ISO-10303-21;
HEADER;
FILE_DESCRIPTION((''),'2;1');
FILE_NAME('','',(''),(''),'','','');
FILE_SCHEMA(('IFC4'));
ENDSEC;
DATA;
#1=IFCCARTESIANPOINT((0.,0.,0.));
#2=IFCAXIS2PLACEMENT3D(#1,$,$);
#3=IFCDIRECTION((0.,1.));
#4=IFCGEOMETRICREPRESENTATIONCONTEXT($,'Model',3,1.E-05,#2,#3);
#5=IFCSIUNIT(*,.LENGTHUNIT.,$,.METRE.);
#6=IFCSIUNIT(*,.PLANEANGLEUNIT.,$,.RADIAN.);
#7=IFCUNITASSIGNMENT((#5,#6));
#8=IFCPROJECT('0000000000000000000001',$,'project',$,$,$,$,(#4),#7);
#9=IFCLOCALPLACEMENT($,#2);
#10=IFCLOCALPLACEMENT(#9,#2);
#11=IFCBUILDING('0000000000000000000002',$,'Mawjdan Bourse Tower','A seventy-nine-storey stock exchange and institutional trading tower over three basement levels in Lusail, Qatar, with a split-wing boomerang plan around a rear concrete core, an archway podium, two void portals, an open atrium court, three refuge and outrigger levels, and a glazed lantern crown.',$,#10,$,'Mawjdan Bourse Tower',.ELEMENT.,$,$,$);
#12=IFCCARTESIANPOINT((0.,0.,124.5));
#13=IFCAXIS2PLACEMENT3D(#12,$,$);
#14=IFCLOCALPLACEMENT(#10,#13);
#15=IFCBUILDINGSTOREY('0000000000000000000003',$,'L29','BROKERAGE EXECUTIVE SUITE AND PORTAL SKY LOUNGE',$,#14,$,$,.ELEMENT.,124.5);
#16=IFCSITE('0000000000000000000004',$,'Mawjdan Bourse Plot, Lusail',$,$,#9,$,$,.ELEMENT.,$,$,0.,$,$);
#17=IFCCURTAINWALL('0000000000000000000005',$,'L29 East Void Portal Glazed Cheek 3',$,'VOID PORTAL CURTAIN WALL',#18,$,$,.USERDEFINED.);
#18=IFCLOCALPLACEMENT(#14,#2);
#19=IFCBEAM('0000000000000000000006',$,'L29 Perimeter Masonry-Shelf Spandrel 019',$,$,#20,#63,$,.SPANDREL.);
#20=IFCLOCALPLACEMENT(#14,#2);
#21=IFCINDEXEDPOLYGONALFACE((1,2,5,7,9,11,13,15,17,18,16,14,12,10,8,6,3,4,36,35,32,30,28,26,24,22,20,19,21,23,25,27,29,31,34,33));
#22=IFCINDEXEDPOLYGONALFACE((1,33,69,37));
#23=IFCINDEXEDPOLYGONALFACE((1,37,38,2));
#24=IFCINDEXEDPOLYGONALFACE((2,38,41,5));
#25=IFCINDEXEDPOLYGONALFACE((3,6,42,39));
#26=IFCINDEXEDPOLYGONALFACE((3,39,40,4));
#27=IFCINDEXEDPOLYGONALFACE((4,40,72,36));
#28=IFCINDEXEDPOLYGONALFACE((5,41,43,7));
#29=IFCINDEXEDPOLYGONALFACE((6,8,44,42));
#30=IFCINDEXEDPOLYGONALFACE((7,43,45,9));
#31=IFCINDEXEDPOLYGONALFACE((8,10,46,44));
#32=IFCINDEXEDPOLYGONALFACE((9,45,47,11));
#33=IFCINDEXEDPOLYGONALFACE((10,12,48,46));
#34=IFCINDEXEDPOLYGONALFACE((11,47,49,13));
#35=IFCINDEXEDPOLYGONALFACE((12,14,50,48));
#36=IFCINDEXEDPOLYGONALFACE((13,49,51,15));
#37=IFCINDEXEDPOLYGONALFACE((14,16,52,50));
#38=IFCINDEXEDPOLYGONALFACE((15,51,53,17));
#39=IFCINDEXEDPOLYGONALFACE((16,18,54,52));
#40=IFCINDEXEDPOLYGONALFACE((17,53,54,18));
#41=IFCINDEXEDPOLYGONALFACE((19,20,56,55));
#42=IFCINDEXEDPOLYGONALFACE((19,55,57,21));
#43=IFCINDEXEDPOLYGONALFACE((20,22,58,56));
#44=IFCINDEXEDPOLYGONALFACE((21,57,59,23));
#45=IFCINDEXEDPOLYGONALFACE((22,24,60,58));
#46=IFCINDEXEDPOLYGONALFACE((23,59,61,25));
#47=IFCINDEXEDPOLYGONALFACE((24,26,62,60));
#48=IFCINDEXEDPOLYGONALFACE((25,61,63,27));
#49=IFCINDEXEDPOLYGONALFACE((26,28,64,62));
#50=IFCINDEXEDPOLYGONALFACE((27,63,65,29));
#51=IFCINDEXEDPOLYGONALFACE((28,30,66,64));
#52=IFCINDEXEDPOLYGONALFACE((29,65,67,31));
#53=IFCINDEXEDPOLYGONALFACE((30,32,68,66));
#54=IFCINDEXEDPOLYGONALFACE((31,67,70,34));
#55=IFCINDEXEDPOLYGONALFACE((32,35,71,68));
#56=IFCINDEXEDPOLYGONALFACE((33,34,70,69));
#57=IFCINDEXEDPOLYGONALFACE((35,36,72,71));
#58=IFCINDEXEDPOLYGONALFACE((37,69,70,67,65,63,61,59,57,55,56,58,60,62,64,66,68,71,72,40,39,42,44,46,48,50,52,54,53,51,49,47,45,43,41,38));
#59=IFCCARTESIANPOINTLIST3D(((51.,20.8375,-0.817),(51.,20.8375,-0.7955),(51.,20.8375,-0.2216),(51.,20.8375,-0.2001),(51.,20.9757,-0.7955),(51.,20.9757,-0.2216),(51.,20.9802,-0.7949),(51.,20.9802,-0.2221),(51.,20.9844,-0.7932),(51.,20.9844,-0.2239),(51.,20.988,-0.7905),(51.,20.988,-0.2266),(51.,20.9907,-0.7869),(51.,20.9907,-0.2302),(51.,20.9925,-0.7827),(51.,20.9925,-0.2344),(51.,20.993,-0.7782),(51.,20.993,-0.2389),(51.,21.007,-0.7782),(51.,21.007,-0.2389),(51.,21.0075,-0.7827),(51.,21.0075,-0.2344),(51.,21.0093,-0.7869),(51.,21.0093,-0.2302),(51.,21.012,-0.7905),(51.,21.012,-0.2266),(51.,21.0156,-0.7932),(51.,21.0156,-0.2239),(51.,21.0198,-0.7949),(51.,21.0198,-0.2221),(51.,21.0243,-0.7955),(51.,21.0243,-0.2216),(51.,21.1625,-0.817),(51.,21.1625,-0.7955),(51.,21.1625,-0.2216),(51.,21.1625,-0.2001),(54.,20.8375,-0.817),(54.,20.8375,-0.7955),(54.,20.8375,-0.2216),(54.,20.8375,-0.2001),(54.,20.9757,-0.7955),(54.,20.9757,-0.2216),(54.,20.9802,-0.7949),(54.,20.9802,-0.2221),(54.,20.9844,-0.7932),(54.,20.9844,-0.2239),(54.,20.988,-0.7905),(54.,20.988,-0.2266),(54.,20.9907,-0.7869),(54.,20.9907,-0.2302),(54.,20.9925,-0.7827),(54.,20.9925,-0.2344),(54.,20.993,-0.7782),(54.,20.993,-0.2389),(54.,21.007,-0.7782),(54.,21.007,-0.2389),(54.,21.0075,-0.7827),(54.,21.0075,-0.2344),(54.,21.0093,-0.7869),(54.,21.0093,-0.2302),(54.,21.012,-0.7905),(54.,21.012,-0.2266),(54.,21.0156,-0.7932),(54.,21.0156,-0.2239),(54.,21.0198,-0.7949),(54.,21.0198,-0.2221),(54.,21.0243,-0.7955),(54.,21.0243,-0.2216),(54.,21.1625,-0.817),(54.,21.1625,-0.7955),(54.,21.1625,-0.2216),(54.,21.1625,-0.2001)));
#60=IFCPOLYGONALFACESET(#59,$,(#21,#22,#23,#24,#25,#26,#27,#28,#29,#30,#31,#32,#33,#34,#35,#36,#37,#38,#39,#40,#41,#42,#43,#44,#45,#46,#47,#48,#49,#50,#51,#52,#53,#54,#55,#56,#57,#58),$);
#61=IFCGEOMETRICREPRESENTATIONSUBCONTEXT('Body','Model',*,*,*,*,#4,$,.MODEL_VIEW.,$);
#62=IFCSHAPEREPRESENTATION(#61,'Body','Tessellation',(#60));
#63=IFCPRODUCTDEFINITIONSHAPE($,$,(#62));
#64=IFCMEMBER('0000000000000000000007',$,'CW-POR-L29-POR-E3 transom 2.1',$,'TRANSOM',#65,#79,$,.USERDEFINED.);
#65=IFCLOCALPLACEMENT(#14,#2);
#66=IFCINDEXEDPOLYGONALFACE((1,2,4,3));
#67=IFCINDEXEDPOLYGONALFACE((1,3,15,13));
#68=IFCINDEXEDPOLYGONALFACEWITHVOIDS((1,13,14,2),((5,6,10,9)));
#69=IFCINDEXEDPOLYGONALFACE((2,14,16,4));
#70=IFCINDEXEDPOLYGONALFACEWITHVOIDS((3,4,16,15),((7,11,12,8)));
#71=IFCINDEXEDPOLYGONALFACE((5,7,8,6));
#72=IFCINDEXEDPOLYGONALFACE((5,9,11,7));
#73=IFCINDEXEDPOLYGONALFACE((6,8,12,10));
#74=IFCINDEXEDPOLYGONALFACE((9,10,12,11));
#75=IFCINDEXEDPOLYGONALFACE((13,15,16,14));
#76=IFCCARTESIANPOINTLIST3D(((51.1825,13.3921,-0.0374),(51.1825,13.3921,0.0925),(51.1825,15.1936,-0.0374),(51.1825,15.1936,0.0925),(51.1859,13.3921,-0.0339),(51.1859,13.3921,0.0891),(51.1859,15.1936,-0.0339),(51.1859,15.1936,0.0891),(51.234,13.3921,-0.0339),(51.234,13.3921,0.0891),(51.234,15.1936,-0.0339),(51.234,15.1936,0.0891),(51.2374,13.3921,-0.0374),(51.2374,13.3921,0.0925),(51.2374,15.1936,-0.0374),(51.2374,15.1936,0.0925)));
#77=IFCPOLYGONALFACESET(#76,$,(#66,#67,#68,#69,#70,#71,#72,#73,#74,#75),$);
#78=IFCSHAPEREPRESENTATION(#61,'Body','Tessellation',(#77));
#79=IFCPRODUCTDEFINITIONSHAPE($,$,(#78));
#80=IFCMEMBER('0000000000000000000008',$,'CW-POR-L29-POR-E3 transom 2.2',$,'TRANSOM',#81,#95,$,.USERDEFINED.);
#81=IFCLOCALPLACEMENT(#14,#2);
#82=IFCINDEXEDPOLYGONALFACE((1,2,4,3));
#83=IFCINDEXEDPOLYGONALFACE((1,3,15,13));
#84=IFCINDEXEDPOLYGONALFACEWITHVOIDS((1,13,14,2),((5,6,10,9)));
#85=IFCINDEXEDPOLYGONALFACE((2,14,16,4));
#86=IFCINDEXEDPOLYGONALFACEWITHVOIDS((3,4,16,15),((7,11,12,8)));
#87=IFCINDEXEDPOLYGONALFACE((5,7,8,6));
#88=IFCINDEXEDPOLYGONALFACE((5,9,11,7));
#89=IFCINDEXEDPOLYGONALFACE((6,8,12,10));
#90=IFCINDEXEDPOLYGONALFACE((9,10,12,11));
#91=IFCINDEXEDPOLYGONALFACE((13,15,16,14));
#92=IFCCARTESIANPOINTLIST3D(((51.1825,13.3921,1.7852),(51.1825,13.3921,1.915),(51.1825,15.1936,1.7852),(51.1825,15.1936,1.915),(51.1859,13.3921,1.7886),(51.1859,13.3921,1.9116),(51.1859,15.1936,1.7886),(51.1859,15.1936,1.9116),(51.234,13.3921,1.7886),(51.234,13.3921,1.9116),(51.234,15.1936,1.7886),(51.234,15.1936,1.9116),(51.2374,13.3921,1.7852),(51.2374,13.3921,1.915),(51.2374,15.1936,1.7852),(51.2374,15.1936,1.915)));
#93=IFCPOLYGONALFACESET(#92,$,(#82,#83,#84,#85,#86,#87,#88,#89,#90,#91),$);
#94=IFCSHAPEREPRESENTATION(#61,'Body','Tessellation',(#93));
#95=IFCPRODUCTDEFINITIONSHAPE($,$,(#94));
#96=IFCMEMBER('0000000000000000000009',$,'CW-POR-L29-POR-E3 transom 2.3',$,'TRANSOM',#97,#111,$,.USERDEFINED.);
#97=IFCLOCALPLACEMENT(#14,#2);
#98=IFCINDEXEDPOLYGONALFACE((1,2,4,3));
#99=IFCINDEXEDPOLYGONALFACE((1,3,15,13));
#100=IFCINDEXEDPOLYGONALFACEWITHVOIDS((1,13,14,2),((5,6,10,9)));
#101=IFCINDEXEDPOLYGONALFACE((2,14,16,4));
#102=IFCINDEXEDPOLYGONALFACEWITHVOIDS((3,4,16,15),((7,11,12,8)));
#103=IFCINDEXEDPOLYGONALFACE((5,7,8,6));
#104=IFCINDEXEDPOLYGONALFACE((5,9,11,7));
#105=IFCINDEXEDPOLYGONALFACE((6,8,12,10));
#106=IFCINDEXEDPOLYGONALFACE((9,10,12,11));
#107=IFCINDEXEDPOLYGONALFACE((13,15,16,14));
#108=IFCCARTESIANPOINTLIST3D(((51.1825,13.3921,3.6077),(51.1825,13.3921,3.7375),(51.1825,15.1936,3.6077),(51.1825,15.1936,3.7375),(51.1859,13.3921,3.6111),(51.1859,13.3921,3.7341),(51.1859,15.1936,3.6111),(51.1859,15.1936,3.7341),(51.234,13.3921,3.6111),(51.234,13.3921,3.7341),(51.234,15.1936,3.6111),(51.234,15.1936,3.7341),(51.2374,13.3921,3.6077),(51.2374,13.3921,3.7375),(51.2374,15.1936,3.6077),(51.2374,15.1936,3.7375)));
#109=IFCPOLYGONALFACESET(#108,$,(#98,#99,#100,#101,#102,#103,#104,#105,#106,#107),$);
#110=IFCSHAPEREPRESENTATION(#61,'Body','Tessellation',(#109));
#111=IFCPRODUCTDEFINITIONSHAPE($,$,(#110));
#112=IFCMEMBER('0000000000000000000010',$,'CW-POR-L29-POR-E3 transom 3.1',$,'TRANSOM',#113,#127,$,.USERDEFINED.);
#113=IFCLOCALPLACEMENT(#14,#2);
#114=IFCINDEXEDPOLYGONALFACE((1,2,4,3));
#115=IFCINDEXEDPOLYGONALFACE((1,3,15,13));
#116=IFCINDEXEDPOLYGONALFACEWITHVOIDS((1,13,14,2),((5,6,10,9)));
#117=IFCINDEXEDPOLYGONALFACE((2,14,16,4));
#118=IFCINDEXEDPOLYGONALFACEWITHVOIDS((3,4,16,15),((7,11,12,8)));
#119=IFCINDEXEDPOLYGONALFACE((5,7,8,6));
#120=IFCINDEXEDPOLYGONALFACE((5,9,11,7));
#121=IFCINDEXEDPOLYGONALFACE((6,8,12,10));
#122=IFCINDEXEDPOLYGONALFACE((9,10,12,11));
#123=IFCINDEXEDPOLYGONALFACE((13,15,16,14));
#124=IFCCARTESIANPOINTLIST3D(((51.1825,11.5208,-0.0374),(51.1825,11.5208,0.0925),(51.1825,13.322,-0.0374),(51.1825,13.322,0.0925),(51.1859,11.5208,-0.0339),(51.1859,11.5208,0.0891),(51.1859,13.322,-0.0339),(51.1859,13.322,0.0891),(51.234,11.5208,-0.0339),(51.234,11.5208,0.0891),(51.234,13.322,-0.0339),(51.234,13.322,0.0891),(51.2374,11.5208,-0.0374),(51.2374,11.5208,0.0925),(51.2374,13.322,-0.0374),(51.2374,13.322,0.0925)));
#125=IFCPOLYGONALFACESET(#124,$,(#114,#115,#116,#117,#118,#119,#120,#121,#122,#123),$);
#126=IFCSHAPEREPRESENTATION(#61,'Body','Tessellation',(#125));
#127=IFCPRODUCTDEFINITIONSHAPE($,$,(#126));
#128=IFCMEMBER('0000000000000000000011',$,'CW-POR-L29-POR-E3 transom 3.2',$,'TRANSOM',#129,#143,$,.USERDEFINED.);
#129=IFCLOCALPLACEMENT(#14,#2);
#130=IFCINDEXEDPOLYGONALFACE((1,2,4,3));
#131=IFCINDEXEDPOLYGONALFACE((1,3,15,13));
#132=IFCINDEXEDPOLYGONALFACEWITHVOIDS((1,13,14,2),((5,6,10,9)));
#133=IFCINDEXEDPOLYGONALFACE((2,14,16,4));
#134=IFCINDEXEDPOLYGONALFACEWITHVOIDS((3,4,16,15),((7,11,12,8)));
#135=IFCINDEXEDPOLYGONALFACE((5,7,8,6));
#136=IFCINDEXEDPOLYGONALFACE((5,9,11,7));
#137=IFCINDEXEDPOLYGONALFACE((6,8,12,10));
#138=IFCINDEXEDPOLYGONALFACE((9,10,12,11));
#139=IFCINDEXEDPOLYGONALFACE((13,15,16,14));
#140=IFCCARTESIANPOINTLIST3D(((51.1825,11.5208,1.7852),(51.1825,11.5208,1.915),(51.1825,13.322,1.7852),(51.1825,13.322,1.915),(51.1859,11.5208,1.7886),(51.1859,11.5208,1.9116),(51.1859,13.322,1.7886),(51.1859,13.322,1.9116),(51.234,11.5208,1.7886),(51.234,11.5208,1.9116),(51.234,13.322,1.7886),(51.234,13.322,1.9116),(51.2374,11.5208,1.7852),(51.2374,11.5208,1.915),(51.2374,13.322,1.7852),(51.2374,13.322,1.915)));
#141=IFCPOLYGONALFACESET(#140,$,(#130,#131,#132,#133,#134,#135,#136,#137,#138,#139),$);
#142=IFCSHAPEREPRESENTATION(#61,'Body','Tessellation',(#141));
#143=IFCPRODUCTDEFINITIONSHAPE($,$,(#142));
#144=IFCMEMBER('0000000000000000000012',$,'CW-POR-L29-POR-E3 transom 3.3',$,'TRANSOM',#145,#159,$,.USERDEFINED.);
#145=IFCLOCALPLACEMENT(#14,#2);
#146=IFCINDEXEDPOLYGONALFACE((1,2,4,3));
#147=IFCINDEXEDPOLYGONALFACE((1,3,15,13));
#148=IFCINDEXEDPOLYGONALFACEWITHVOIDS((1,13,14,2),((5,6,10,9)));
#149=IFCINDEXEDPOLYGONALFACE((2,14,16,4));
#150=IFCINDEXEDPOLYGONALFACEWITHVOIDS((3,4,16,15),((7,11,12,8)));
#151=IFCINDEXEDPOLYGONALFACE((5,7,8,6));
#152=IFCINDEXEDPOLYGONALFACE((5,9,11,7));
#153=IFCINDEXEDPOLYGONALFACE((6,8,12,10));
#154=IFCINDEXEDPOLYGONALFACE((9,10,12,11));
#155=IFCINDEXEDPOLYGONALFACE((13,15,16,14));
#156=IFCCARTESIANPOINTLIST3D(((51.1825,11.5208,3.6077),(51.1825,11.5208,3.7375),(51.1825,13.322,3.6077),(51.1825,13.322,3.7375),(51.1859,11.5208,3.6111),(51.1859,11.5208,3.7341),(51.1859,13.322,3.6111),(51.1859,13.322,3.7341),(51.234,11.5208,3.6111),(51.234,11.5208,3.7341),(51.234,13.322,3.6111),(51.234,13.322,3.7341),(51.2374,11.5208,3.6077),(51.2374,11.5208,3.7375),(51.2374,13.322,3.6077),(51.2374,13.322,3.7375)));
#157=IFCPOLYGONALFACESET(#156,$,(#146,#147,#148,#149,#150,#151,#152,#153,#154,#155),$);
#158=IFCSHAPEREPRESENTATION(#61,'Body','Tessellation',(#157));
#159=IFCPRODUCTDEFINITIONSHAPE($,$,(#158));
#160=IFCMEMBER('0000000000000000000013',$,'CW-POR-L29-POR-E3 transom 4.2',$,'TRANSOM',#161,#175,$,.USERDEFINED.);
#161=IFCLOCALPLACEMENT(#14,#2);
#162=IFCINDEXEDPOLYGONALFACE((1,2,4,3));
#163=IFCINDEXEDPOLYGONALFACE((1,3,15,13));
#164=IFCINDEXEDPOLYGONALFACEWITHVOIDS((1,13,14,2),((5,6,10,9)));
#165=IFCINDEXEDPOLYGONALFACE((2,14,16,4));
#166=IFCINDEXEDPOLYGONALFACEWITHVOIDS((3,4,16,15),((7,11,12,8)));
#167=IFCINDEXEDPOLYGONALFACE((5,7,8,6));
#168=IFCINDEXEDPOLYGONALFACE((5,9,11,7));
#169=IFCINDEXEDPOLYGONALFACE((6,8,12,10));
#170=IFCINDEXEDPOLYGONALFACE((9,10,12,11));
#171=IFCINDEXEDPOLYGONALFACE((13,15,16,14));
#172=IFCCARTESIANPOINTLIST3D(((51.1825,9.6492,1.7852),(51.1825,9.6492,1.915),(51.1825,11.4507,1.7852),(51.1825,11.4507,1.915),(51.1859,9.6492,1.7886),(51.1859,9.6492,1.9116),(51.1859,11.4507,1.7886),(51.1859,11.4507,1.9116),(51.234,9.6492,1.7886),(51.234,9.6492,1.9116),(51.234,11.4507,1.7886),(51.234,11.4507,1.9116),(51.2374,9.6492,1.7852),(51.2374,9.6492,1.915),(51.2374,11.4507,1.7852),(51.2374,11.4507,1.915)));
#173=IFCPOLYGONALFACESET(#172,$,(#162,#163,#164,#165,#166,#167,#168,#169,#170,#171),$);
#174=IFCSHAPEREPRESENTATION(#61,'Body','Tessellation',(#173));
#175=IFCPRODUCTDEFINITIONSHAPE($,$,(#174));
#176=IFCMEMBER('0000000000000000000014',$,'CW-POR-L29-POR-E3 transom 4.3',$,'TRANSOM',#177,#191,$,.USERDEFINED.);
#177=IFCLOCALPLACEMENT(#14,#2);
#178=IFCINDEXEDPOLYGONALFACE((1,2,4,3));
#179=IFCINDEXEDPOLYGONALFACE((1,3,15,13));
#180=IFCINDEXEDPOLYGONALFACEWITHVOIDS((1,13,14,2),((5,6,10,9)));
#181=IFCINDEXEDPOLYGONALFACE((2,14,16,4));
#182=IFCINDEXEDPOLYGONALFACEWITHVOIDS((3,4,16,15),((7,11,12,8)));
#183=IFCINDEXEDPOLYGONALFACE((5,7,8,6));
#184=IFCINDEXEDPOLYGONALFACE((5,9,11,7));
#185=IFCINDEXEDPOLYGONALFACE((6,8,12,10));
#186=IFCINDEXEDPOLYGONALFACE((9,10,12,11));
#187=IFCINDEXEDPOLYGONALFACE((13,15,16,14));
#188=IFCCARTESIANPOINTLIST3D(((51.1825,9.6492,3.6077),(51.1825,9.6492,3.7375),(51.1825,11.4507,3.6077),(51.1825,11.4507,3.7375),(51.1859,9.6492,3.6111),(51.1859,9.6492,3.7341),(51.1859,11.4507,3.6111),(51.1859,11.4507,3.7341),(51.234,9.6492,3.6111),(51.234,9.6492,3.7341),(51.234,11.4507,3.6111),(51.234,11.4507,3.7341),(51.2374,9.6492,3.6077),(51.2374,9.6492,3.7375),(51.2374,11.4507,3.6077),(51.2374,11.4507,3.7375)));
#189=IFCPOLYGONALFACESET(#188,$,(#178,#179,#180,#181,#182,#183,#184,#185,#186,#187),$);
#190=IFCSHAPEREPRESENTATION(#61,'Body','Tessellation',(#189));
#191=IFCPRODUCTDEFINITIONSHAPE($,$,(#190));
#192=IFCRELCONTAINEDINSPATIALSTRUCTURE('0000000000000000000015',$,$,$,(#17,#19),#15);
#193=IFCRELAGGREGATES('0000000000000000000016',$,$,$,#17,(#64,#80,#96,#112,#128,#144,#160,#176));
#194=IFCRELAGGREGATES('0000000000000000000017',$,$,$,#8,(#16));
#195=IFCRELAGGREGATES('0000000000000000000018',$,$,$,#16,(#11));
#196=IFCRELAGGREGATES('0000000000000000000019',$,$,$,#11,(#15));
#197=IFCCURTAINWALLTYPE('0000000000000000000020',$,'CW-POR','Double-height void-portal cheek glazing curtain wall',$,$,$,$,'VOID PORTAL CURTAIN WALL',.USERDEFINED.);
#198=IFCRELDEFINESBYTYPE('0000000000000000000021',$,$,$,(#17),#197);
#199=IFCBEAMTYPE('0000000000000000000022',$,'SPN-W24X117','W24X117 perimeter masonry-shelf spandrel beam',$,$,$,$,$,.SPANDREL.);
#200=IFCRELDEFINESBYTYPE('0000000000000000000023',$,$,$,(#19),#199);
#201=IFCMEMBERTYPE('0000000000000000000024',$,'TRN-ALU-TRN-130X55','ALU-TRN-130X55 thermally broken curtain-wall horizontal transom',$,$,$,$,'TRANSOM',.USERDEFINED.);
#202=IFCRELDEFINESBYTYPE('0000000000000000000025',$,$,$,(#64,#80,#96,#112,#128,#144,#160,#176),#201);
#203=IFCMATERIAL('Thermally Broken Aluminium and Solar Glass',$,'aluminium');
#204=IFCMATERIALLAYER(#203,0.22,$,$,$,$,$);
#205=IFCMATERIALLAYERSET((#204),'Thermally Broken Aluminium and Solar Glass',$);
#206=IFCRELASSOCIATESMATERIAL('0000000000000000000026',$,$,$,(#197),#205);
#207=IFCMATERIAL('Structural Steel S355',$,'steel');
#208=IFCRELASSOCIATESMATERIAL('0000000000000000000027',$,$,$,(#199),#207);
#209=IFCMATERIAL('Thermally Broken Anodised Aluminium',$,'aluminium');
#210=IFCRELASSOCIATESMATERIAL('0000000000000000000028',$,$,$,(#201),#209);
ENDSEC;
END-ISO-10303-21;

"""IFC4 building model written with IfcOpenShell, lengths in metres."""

from ifc_helpers import new_model, si_unit, direction, frame, origin, origin_2d, place, context, subcontext, project, spatial, hollow_rectangle, i_section, extrude, material, layer, layer_set, material_profile, profile_set, type_object, element, aggregate, save


model = new_model("IFC4")

# Units and contexts
model_context = context("Model", 3, precision=1e-05, world=origin(), true_north=direction((0.0, 1.0)))
body_context = subcontext(model_context, "Body", "Model", "MODEL_VIEW")
ifc_project = project(units=[si_unit("LENGTHUNIT", "METRE"), si_unit("PLANEANGLEUNIT", "RADIAN")], contexts=[model_context])

# Site, building, storey
site_placement = place(None, origin())
site = spatial("IfcSite", under=ifc_project, at=site_placement, Name="Mawjdan Bourse Plot, Lusail", CompositionType="ELEMENT", RefElevation=0.0)
building_placement = place(site_placement, origin())
building = spatial("IfcBuilding", under=site, at=building_placement, Name="Mawjdan Bourse Tower", Description="A seventy-nine-storey stock exchange and institutional trading tower over three basement levels in Lusail, Qatar, with a split-wing boomerang plan around a rear concrete core, an archway podium, two void portals, an open atrium court, three refuge and outrigger levels, and a glazed lantern crown.", LongName="Mawjdan Bourse Tower", CompositionType="ELEMENT")
storey_placement = place(building_placement, frame((0.0, 0.0, 124.5)))
storey = spatial("IfcBuildingStorey", under=building, at=storey_placement, Name="L29", Description="BROKERAGE EXECUTIVE SUITE AND PORTAL SKY LOUNGE", CompositionType="ELEMENT", Elevation=124.5)

# Shared definitions
ifc_material_1 = material(Name="Structural Steel S355", Category="steel")

# Curtain wall
ifc_material_2 = material(Name="Thermally Broken Aluminium and Solar Glass", Category="aluminium")
ifc_layer_1 = layer(ifc_material_2, 0.22)
ifc_layer_set_1 = layer_set([ifc_layer_1], Name="Thermally Broken Aluminium and Solar Glass")
curtain_wall_type = type_object("IfcCurtainWallType", Name="CW-POR", Description="Double-height void-portal cheek glazing curtain wall", ElementType="VOID PORTAL CURTAIN WALL", PredefinedType="USERDEFINED", material=ifc_layer_set_1)
curtain_wall_placement = place(storey_placement, origin())
curtain_wall = element("IfcCurtainWall", 1, at=curtain_wall_placement, inside=storey, type_object=curtain_wall_type, Name="L29 East Void Portal Glazed Cheek 3", ObjectType="VOID PORTAL CURTAIN WALL", PredefinedType="USERDEFINED")
ifc_material_3 = material(Name="Thermally Broken Anodised Aluminium", Category="aluminium")

# Beam
ifc_material_profile_1 = material_profile(ifc_material_1, i_section(OverallWidth=0.325, OverallDepth=0.6169, WebThickness=0.0139, FlangeThickness=0.0215, FilletRadius=0.0173, at=origin_2d()), Name="W24X117")
ifc_profile_set_1 = profile_set([ifc_material_profile_1], Name="Structural Steel S355")
beam_type_1 = type_object("IfcBeamType", Name="SPN-W24X117", Description="W24X117 perimeter masonry-shelf spandrel beam", PredefinedType="SPANDREL", material=ifc_profile_set_1)
beam_placement = place(storey_placement, frame((51.0, 21.0, -0.5085), z_axis=(1.0, 0.0, 0.0), x_axis=(0.0, 1.0, 0.0)))
element("IfcBeam", 2, at=beam_placement, inside=storey, type_object=beam_type_1, Name="L29 Perimeter Masonry-Shelf Spandrel 019", PredefinedType="SPANDREL", context=body_context, shape_type="SweptSolid", body=[
    extrude(i_section(OverallWidth=0.325, OverallDepth=0.6169, WebThickness=0.0139, FlangeThickness=0.0215, FilletRadius=0.0173, at=origin_2d()), origin(), (0.0, 0.0, 1.0), 3.0),
])

# Members
ifc_material_profile_2 = material_profile(ifc_material_3, hollow_rectangle(XDim=0.0549, YDim=0.1299, WallThickness=0.0034, at=origin_2d()), Name="ALU-TRN-130X55")
ifc_profile_set_2 = profile_set([ifc_material_profile_2], Name="Thermally Broken Anodised Aluminium")
member_type_1 = type_object("IfcMemberType", Name="TRN-ALU-TRN-130X55", Description="ALU-TRN-130X55 thermally broken curtain-wall horizontal transom", ElementType="TRANSOM", PredefinedType="USERDEFINED", material=ifc_profile_set_2)
member_1_placement = place(storey_placement, frame((51.21, 15.1936, 0.0276), z_axis=(0.0, -1.0, 0.0), x_axis=(1.0, 0.0, 0.0)))
member_1 = element("IfcMember", 3, at=member_1_placement, type_object=member_type_1, Name="CW-POR-L29-POR-E3 transom 2.1", ObjectType="TRANSOM", PredefinedType="USERDEFINED", context=body_context, shape_type="SweptSolid", body=[
    extrude(hollow_rectangle(XDim=0.0549, YDim=0.1299, WallThickness=0.0034, at=origin_2d()), origin(), (0.0, 0.0, 1.0), 1.8015),
])
member_2_placement = place(storey_placement, frame((51.21, 15.1936, 1.8501), z_axis=(0.0, -1.0, 0.0), x_axis=(1.0, 0.0, 0.0)))
member_2 = element("IfcMember", 4, at=member_2_placement, type_object=member_type_1, Name="CW-POR-L29-POR-E3 transom 2.2", ObjectType="TRANSOM", PredefinedType="USERDEFINED", context=body_context, shape_type="SweptSolid", body=[
    extrude(hollow_rectangle(XDim=0.0549, YDim=0.1299, WallThickness=0.0034, at=origin_2d()), origin(), (0.0, 0.0, 1.0), 1.8015),
])
member_3_placement = place(storey_placement, frame((51.21, 15.1936, 3.6726), z_axis=(0.0, -1.0, 0.0), x_axis=(1.0, 0.0, 0.0)))
member_3 = element("IfcMember", 5, at=member_3_placement, type_object=member_type_1, Name="CW-POR-L29-POR-E3 transom 2.3", ObjectType="TRANSOM", PredefinedType="USERDEFINED", context=body_context, shape_type="SweptSolid", body=[
    extrude(hollow_rectangle(XDim=0.0549, YDim=0.1299, WallThickness=0.0034, at=origin_2d()), origin(), (0.0, 0.0, 1.0), 1.8015),
])
member_4_placement = place(storey_placement, frame((51.21, 13.322, 0.0276), z_axis=(0.0, -1.0, 0.0), x_axis=(1.0, 0.0, 0.0)))
member_4 = element("IfcMember", 6, at=member_4_placement, type_object=member_type_1, Name="CW-POR-L29-POR-E3 transom 3.1", ObjectType="TRANSOM", PredefinedType="USERDEFINED", context=body_context, shape_type="SweptSolid", body=[
    extrude(hollow_rectangle(XDim=0.0549, YDim=0.1299, WallThickness=0.0034, at=origin_2d()), origin(), (0.0, 0.0, 1.0), 1.8013),
])
member_5_placement = place(storey_placement, frame((51.21, 13.322, 1.8501), z_axis=(0.0, -1.0, 0.0), x_axis=(1.0, 0.0, 0.0)))
member_5 = element("IfcMember", 7, at=member_5_placement, type_object=member_type_1, Name="CW-POR-L29-POR-E3 transom 3.2", ObjectType="TRANSOM", PredefinedType="USERDEFINED", context=body_context, shape_type="SweptSolid", body=[
    extrude(hollow_rectangle(XDim=0.0549, YDim=0.1299, WallThickness=0.0034, at=origin_2d()), origin(), (0.0, 0.0, 1.0), 1.8013),
])
member_6_placement = place(storey_placement, frame((51.21, 13.322, 3.6726), z_axis=(0.0, -1.0, 0.0), x_axis=(1.0, 0.0, 0.0)))
member_6 = element("IfcMember", 8, at=member_6_placement, type_object=member_type_1, Name="CW-POR-L29-POR-E3 transom 3.3", ObjectType="TRANSOM", PredefinedType="USERDEFINED", context=body_context, shape_type="SweptSolid", body=[
    extrude(hollow_rectangle(XDim=0.0549, YDim=0.1299, WallThickness=0.0034, at=origin_2d()), origin(), (0.0, 0.0, 1.0), 1.8013),
])
member_7_placement = place(storey_placement, frame((51.21, 11.4507, 1.8501), z_axis=(0.0, -1.0, 0.0), x_axis=(1.0, 0.0, 0.0)))
member_7 = element("IfcMember", 9, at=member_7_placement, type_object=member_type_1, Name="CW-POR-L29-POR-E3 transom 4.2", ObjectType="TRANSOM", PredefinedType="USERDEFINED", context=body_context, shape_type="SweptSolid", body=[
    extrude(hollow_rectangle(XDim=0.0549, YDim=0.1299, WallThickness=0.0034, at=origin_2d()), origin(), (0.0, 0.0, 1.0), 1.8015),
])
member_8_placement = place(storey_placement, frame((51.21, 11.4507, 3.6726), z_axis=(0.0, -1.0, 0.0), x_axis=(1.0, 0.0, 0.0)))
member_8 = element("IfcMember", 10, at=member_8_placement, type_object=member_type_1, Name="CW-POR-L29-POR-E3 transom 4.3", ObjectType="TRANSOM", PredefinedType="USERDEFINED", context=body_context, shape_type="SweptSolid", body=[
    extrude(hollow_rectangle(XDim=0.0549, YDim=0.1299, WallThickness=0.0034, at=origin_2d()), origin(), (0.0, 0.0, 1.0), 1.8015),
])

aggregate(curtain_wall, [member_1, member_2, member_3, member_4, member_5, member_6, member_7, member_8])

save(model, "model.ifc")
